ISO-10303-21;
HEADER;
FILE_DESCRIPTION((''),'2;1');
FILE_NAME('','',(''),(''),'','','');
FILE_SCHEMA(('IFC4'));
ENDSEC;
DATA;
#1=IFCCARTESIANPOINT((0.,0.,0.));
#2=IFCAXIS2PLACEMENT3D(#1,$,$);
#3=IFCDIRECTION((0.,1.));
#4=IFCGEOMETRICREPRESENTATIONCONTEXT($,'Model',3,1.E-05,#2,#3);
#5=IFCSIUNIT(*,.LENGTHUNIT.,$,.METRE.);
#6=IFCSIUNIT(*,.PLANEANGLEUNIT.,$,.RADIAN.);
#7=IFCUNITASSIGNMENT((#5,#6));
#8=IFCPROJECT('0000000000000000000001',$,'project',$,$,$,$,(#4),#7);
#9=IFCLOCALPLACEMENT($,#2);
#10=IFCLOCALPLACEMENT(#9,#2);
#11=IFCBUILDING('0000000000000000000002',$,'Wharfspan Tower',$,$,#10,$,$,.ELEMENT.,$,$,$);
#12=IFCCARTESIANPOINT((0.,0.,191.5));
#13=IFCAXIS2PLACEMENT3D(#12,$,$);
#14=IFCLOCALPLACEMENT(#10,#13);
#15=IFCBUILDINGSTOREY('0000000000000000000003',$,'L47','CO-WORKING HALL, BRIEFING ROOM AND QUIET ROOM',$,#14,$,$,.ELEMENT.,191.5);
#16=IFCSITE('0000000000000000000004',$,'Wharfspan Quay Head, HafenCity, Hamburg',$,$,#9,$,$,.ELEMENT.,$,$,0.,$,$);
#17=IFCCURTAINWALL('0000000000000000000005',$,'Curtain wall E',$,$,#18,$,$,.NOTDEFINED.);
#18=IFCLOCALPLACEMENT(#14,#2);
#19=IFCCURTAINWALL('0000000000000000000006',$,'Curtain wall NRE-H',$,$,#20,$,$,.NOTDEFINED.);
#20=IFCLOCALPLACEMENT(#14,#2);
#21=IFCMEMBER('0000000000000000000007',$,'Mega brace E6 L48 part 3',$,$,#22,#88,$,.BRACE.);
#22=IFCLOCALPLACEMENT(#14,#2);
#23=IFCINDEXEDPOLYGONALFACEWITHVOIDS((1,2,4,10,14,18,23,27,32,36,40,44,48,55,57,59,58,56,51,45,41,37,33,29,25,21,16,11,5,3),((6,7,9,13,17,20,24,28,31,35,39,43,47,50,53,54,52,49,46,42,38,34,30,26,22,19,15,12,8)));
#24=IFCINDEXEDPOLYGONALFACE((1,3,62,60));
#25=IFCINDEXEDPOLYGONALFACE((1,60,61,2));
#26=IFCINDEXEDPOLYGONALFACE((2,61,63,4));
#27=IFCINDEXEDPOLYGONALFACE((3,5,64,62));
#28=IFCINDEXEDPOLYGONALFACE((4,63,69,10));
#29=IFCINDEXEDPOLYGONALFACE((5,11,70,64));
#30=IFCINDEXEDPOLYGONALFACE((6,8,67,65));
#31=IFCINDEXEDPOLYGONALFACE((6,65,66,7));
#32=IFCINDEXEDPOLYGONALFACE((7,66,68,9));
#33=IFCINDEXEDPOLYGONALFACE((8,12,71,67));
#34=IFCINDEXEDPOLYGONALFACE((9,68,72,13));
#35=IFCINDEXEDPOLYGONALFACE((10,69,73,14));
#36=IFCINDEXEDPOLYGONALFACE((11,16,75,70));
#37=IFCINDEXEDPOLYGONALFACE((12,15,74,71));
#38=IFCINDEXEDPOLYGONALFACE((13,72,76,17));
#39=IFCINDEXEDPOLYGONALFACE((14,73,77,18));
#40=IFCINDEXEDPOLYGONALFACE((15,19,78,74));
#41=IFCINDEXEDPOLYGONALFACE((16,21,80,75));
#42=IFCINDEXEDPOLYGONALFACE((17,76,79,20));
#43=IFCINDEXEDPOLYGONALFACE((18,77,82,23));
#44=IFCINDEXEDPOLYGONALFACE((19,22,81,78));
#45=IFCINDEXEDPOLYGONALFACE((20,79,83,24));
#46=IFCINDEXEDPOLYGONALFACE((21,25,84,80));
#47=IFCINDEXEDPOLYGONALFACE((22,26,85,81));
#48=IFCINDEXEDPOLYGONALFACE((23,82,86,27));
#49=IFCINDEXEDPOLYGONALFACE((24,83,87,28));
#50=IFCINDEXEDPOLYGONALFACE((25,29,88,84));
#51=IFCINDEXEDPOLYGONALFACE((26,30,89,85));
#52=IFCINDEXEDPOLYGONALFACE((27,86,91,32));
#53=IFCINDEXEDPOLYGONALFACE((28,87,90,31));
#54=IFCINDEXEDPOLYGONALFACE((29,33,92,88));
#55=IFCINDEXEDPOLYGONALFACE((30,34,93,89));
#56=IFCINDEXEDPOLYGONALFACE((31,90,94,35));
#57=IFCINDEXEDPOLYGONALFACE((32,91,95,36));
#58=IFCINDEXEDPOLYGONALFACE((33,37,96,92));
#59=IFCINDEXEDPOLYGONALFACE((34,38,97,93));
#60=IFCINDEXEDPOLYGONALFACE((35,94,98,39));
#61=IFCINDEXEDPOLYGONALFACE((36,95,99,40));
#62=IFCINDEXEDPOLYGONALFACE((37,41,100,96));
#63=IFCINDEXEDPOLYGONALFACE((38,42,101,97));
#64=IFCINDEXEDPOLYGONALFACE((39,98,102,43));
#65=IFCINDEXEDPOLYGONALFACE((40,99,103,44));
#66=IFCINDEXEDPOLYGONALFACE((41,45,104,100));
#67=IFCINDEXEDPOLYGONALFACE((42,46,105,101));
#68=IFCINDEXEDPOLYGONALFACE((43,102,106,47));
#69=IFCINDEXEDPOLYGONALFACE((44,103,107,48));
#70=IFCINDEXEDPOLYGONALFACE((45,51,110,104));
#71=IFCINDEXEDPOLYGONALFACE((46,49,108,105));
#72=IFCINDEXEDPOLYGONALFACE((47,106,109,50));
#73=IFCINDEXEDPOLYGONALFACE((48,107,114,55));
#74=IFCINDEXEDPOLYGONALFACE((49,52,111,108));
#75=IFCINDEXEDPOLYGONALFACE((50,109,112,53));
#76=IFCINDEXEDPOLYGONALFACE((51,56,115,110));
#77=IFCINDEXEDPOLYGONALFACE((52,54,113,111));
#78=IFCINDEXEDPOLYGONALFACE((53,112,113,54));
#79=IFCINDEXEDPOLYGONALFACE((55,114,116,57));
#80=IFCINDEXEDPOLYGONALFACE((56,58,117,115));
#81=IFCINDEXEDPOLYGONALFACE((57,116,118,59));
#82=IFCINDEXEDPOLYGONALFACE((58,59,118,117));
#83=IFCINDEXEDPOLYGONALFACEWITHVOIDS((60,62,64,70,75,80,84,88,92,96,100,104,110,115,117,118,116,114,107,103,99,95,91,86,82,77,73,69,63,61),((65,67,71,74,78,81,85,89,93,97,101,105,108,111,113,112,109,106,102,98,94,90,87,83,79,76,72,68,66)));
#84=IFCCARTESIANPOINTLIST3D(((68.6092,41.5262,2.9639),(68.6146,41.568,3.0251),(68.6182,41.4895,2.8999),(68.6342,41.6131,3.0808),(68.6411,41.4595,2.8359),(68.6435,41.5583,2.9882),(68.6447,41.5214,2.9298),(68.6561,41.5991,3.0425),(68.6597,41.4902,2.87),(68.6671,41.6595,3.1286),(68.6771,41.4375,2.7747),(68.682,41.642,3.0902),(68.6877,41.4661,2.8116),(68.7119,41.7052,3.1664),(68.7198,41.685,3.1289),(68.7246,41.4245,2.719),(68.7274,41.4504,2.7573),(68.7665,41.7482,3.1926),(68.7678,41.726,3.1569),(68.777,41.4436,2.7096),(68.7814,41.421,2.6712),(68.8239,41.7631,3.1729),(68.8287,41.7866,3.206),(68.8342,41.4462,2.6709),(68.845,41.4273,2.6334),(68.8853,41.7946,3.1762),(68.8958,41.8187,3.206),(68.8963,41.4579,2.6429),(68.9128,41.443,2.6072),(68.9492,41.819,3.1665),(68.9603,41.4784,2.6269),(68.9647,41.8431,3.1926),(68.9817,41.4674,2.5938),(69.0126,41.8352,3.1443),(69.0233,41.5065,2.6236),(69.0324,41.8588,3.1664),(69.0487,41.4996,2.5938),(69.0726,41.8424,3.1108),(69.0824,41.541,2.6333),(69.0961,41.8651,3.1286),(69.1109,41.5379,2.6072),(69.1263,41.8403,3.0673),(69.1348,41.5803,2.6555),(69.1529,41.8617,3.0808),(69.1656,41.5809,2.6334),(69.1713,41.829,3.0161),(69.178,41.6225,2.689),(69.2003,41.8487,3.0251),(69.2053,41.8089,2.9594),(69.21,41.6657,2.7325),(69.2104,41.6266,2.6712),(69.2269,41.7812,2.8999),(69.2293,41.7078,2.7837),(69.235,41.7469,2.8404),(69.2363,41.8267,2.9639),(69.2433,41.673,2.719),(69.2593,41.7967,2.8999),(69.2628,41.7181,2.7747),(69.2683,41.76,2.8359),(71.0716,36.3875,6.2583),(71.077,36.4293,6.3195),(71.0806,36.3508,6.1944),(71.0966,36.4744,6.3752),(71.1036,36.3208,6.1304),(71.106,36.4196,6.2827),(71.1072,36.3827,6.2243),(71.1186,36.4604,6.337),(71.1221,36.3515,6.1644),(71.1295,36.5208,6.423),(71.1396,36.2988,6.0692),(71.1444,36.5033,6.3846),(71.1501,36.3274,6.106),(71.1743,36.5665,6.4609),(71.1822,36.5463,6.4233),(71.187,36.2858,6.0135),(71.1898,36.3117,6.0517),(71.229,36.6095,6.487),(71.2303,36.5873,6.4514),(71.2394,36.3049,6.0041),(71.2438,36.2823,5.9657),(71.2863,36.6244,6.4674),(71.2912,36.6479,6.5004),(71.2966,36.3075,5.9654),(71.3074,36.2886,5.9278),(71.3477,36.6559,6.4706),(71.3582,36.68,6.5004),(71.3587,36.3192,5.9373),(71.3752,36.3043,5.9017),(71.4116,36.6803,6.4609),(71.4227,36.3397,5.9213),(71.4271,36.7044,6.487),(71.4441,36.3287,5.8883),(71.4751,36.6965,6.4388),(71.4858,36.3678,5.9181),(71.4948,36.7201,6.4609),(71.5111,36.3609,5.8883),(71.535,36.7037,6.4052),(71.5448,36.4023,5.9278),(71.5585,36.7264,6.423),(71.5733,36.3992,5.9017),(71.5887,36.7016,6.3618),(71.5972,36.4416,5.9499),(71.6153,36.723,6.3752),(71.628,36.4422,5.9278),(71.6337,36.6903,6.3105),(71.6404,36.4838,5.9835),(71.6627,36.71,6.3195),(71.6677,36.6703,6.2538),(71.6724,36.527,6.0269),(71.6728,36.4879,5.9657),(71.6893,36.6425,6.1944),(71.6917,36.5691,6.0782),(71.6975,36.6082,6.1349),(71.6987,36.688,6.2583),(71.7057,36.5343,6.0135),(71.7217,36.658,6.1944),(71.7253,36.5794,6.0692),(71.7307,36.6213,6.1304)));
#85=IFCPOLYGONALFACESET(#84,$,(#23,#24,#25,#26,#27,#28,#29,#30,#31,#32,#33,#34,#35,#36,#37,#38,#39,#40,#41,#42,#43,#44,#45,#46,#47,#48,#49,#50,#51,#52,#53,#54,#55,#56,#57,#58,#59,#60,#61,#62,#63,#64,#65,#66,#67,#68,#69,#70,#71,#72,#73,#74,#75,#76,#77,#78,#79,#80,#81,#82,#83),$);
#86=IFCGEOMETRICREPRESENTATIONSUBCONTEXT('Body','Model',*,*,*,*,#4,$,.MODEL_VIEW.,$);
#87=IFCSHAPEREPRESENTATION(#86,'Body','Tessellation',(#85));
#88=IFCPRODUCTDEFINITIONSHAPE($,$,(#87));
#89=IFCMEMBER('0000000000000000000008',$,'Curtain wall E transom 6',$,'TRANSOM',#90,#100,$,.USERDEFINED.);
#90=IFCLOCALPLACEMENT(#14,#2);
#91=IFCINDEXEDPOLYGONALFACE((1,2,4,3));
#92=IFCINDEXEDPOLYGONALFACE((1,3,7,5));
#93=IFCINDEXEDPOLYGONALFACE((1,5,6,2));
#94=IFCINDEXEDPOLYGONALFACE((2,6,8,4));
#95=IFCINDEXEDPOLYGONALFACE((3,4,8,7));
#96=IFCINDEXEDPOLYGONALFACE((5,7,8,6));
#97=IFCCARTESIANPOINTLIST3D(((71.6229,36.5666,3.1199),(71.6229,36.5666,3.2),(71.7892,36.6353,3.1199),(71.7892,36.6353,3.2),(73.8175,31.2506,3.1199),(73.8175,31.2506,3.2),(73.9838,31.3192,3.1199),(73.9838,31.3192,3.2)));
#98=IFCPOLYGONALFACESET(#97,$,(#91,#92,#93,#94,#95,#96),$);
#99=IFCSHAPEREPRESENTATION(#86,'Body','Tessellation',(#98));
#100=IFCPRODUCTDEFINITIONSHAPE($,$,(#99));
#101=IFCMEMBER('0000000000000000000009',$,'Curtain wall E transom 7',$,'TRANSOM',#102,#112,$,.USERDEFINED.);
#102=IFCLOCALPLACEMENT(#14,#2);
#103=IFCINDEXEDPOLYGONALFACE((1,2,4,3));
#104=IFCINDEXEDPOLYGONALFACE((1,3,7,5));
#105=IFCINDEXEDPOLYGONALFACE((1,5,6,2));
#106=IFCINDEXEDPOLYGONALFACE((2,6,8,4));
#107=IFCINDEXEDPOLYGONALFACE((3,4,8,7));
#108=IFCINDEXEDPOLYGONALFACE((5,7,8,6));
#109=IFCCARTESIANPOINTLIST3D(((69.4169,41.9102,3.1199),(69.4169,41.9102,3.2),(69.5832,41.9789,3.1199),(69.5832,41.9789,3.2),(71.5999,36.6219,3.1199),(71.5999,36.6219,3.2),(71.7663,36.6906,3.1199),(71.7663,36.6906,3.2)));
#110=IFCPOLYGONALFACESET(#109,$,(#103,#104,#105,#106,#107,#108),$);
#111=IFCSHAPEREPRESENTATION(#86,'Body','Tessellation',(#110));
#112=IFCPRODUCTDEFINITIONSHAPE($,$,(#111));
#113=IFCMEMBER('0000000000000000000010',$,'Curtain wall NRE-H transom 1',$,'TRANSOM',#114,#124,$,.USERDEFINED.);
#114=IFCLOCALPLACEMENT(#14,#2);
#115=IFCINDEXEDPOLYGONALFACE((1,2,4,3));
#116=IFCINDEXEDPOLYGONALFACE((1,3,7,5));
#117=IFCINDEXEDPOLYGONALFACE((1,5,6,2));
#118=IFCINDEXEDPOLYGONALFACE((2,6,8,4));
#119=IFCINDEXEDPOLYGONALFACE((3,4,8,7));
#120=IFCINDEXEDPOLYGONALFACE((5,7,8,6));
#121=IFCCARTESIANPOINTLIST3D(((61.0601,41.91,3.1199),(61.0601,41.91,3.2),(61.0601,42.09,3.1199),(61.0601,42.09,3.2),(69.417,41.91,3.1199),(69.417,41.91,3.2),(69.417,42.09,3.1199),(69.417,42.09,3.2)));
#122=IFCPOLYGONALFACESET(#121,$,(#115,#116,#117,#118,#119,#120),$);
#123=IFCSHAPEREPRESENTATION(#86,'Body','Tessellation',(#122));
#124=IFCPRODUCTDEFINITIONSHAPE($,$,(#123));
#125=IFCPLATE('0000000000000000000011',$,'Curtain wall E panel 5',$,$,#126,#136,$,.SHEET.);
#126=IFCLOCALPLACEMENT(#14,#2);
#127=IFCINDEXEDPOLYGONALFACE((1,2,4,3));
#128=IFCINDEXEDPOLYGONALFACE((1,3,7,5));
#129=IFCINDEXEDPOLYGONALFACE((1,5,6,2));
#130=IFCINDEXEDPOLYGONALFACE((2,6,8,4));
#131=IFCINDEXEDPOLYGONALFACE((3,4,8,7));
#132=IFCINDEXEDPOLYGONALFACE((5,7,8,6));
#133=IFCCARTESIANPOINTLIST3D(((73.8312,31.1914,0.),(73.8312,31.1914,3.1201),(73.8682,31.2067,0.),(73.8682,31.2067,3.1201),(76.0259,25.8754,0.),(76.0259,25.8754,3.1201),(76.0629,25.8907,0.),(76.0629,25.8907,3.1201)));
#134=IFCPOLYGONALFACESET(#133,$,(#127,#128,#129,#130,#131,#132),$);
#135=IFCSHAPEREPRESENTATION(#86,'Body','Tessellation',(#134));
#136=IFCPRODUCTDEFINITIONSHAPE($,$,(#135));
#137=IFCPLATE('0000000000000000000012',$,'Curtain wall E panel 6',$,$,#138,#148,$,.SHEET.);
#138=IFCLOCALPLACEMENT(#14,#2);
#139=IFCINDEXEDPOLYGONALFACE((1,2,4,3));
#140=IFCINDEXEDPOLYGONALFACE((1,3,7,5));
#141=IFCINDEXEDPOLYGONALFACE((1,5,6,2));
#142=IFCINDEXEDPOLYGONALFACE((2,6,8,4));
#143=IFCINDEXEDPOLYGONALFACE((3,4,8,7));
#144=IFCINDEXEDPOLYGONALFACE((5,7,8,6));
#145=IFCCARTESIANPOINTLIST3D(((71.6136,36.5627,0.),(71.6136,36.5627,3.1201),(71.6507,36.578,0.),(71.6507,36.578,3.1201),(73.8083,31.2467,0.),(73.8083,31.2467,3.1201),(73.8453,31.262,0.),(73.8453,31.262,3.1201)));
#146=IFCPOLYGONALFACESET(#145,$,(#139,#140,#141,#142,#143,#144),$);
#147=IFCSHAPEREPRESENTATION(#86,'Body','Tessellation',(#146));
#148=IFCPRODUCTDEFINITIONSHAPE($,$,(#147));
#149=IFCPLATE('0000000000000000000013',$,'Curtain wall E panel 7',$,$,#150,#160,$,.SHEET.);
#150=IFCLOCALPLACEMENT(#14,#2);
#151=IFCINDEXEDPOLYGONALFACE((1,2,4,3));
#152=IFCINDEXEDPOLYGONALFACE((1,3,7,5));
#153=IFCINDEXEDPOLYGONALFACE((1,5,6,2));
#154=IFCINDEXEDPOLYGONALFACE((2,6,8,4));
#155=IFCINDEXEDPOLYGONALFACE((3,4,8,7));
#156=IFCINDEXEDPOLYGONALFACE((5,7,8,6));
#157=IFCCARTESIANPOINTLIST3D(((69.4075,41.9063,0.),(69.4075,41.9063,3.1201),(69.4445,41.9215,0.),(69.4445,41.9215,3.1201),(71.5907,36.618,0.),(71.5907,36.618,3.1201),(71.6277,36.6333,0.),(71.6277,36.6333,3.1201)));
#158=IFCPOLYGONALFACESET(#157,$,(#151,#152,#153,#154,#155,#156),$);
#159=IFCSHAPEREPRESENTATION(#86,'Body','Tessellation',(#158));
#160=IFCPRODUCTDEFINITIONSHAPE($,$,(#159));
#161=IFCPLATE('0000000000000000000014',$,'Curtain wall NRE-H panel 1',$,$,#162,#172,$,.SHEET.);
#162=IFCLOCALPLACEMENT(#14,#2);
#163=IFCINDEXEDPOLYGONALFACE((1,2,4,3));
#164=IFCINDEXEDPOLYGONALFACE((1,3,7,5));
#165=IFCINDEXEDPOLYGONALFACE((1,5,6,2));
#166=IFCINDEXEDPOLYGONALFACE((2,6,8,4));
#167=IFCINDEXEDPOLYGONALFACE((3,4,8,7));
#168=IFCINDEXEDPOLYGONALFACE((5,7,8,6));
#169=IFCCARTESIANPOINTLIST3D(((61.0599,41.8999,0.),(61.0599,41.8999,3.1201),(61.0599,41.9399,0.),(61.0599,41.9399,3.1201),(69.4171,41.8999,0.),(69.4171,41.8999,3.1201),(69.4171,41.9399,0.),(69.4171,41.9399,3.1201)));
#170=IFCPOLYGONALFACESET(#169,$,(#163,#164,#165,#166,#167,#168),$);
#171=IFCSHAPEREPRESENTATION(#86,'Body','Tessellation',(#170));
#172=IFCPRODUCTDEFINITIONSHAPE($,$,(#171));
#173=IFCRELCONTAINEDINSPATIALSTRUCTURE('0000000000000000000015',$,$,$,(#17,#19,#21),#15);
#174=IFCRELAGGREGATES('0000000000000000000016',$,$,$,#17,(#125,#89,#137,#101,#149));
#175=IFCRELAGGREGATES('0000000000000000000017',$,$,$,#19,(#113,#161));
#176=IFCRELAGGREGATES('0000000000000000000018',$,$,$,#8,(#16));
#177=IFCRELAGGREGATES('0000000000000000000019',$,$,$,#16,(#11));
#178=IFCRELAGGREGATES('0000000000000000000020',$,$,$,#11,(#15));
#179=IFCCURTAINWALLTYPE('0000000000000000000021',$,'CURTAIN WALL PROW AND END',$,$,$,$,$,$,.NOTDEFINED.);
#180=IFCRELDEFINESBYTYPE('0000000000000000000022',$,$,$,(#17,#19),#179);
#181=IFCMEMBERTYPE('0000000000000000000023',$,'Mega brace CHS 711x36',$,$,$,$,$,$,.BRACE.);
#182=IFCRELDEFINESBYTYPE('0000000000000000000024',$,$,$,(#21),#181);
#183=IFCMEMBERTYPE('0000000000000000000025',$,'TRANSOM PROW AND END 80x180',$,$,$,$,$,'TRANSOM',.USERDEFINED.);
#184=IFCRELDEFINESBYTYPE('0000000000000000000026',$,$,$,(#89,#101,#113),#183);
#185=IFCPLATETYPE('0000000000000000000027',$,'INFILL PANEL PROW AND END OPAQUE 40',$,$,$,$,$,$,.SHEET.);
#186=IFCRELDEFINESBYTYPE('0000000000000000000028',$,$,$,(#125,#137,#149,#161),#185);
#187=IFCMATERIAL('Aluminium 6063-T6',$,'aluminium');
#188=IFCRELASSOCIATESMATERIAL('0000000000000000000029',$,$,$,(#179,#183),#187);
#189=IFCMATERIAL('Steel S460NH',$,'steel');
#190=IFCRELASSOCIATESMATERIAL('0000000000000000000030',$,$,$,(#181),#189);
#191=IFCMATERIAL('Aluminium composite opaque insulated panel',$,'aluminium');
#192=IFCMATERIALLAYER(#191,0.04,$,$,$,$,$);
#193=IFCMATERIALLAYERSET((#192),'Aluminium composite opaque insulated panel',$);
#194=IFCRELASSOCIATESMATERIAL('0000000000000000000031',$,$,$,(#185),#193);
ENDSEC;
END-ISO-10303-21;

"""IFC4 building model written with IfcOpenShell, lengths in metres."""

from ifc_helpers import new_model, si_unit, direction, frame, origin, origin_2d, place, context, subcontext, project, spatial, rectangle, hollow_circle, extrude, material, layer, layer_set, material_profile, profile_set, type_object, element, aggregate, save


model = new_model("IFC4")

# Units and contexts
model_context = context("Model", 3, precision=1e-05, world=origin(), true_north=direction((0.0, 1.0)))
body_context = subcontext(model_context, "Body", "Model", "MODEL_VIEW")
ifc_project = project(units=[si_unit("LENGTHUNIT", "METRE"), si_unit("PLANEANGLEUNIT", "RADIAN")], contexts=[model_context])

# Site, building, storey
site_placement = place(None, origin())
site = spatial("IfcSite", under=ifc_project, at=site_placement, Name="Wharfspan Quay Head, HafenCity, Hamburg", CompositionType="ELEMENT", RefElevation=0.0)
building_placement = place(site_placement, origin())
building = spatial("IfcBuilding", under=site, at=building_placement, Name="Wharfspan Tower", CompositionType="ELEMENT")
storey_placement = place(building_placement, frame((0.0, 0.0, 191.5)))
storey = spatial("IfcBuildingStorey", under=building, at=storey_placement, Name="L47", Description="CO-WORKING HALL, BRIEFING ROOM AND QUIET ROOM", CompositionType="ELEMENT", Elevation=191.5)

# Curtain wall
ifc_material_1 = material(Name="Aluminium 6063-T6", Category="aluminium")
curtain_wall_type = type_object("IfcCurtainWallType", Name="CURTAIN WALL PROW AND END", PredefinedType="NOTDEFINED", material=ifc_material_1)
curtain_wall_1_placement = place(storey_placement, origin())
curtain_wall_1 = element("IfcCurtainWall", 1, at=curtain_wall_1_placement, inside=storey, type_object=curtain_wall_type, Name="Curtain wall E", PredefinedType="NOTDEFINED")

# Curtain wall
curtain_wall_2_placement = place(storey_placement, origin())
curtain_wall_2 = element("IfcCurtainWall", 2, at=curtain_wall_2_placement, inside=storey, type_object=curtain_wall_type, Name="Curtain wall NRE-H", PredefinedType="NOTDEFINED")

# Member
ifc_material_2 = material(Name="Steel S460NH", Category="steel")
ifc_material_profile_1 = material_profile(ifc_material_2, hollow_circle(Radius=0.3555, WallThickness=0.0359, at=origin_2d()))
ifc_profile_set_1 = profile_set([ifc_material_profile_1], Name="Steel S460NH")
member_type_1 = type_object("IfcMemberType", Name="Mega brace CHS 711x36", PredefinedType="BRACE", material=ifc_profile_set_1)
for number, where, z_axis, x_axis, name in (
    (3, (68.9387, 41.6431, 2.8999), (0.374112, -0.780716, 0.500522), (0.901807, 0.432139, 0.000002), "Mega brace E6 L48 part 3"),
):
    element("IfcMember", number, at=place(storey_placement, frame(where, z_axis=z_axis, x_axis=x_axis)), inside=storey, type_object=member_type_1, Name=name, PredefinedType="BRACE", context=body_context, shape_type="SweptSolid", body=[
        extrude(hollow_circle(Radius=0.3555, WallThickness=0.0359, at=origin_2d()), origin(), (0.0, 0.0, 1.0), 6.582),
    ])

# Members
ifc_material_profile_2 = material_profile(ifc_material_1, rectangle(XDim=0.1799, YDim=0.0801, at=origin_2d()))
ifc_profile_set_2 = profile_set([ifc_material_profile_2], Name="Aluminium 6063-T6")
member_type_2 = type_object("IfcMemberType", Name="TRANSOM PROW AND END 80x180", ElementType="TRANSOM", PredefinedType="USERDEFINED", material=ifc_profile_set_2)
member_1_placement = place(storey_placement, frame((73.9006, 31.2849, 3.1599), z_axis=(-0.381593, 0.92433, 0.0), x_axis=(-0.92433, -0.381593, 0.0)))
member_1 = element("IfcMember", 4, at=member_1_placement, type_object=member_type_2, Name="Curtain wall E transom 6", ObjectType="TRANSOM", PredefinedType="USERDEFINED", context=body_context, shape_type="SweptSolid", body=[
    extrude(rectangle(XDim=0.1799, YDim=0.0801, at=origin_2d()), origin(), (0.0, 0.0, 1.0), 5.7512),
])
member_2_placement = place(storey_placement, frame((71.6831, 36.6562, 3.1599), z_axis=(-0.38158, 0.924336, 0.0), x_axis=(-0.924336, -0.38158, 0.0)))
member_2 = element("IfcMember", 5, at=member_2_placement, type_object=member_type_2, Name="Curtain wall E transom 7", ObjectType="TRANSOM", PredefinedType="USERDEFINED", context=body_context, shape_type="SweptSolid", body=[
    extrude(rectangle(XDim=0.1799, YDim=0.0801, at=origin_2d()), origin(), (0.0, 0.0, 1.0), 5.7212),
])
member_3_placement = place(storey_placement, frame((69.417, 42.0, 3.1599), z_axis=(-1.0, 0.0, 0.0), x_axis=(0.0, -1.0, 0.0)))
member_3 = element("IfcMember", 6, at=member_3_placement, type_object=member_type_2, Name="Curtain wall NRE-H transom 1", ObjectType="TRANSOM", PredefinedType="USERDEFINED", context=body_context, shape_type="SweptSolid", body=[
    extrude(rectangle(XDim=0.1799, YDim=0.0801, at=origin_2d()), origin(), (0.0, 0.0, 1.0), 8.3569),
])

# Plates
ifc_material_3 = material(Name="Aluminium composite opaque insulated panel", Category="aluminium")
ifc_layer_1 = layer(ifc_material_3, 0.04)
ifc_layer_set_1 = layer_set([ifc_layer_1], Name="Aluminium composite opaque insulated panel")
plate_type = type_object("IfcPlateType", Name="INFILL PANEL PROW AND END OPAQUE 40", PredefinedType="SHEET", material=ifc_layer_set_1)
plate_1_placement = place(storey_placement, frame((74.947, 28.541, 0.0), z_axis=(0.0, 0.0, 1.0), x_axis=(-0.381602, 0.924325, 0.0)))
plate_1 = element("IfcPlate", 7, at=plate_1_placement, type_object=plate_type, Name="Curtain wall E panel 5", PredefinedType="SHEET", context=body_context, shape_type="SweptSolid", body=[
    extrude(rectangle(XDim=5.7512, YDim=0.04, at=origin_2d()), origin(), (0.0, 0.0, 1.0), 3.1201),
])
plate_2_placement = place(storey_placement, frame((72.7295, 33.9124, 0.0), z_axis=(0.0, 0.0, 1.0), x_axis=(-0.381602, 0.924325, 0.0)))
plate_2 = element("IfcPlate", 8, at=plate_2_placement, type_object=plate_type, Name="Curtain wall E panel 6", PredefinedType="SHEET", context=body_context, shape_type="SweptSolid", body=[
    extrude(rectangle(XDim=5.7512, YDim=0.04, at=origin_2d()), origin(), (0.0, 0.0, 1.0), 3.1201),
])
plate_3_placement = place(storey_placement, frame((70.5176, 39.2698, 0.0), z_axis=(0.0, 0.0, 1.0), x_axis=(-0.381602, 0.924325, 0.0)))
plate_3 = element("IfcPlate", 9, at=plate_3_placement, type_object=plate_type, Name="Curtain wall E panel 7", PredefinedType="SHEET", context=body_context, shape_type="SweptSolid", body=[
    extrude(rectangle(XDim=5.7212, YDim=0.04, at=origin_2d()), origin(), (0.0, 0.0, 1.0), 3.1201),
])
aggregate(curtain_wall_1, [plate_1, member_1, plate_2, member_2, plate_3])
plate_4_placement = place(storey_placement, frame((65.2385, 41.9199, 0.0), z_axis=(0.0, 0.0, 1.0), x_axis=(-1.0, 0.0, 0.0)))
plate_4 = element("IfcPlate", 10, at=plate_4_placement, type_object=plate_type, Name="Curtain wall NRE-H panel 1", PredefinedType="SHEET", context=body_context, shape_type="SweptSolid", body=[
    extrude(rectangle(XDim=8.3572, YDim=0.04, at=origin_2d()), origin(), (0.0, 0.0, 1.0), 3.1201),
])
aggregate(curtain_wall_2, [member_3, plate_4])

save(model, "model.ifc")
